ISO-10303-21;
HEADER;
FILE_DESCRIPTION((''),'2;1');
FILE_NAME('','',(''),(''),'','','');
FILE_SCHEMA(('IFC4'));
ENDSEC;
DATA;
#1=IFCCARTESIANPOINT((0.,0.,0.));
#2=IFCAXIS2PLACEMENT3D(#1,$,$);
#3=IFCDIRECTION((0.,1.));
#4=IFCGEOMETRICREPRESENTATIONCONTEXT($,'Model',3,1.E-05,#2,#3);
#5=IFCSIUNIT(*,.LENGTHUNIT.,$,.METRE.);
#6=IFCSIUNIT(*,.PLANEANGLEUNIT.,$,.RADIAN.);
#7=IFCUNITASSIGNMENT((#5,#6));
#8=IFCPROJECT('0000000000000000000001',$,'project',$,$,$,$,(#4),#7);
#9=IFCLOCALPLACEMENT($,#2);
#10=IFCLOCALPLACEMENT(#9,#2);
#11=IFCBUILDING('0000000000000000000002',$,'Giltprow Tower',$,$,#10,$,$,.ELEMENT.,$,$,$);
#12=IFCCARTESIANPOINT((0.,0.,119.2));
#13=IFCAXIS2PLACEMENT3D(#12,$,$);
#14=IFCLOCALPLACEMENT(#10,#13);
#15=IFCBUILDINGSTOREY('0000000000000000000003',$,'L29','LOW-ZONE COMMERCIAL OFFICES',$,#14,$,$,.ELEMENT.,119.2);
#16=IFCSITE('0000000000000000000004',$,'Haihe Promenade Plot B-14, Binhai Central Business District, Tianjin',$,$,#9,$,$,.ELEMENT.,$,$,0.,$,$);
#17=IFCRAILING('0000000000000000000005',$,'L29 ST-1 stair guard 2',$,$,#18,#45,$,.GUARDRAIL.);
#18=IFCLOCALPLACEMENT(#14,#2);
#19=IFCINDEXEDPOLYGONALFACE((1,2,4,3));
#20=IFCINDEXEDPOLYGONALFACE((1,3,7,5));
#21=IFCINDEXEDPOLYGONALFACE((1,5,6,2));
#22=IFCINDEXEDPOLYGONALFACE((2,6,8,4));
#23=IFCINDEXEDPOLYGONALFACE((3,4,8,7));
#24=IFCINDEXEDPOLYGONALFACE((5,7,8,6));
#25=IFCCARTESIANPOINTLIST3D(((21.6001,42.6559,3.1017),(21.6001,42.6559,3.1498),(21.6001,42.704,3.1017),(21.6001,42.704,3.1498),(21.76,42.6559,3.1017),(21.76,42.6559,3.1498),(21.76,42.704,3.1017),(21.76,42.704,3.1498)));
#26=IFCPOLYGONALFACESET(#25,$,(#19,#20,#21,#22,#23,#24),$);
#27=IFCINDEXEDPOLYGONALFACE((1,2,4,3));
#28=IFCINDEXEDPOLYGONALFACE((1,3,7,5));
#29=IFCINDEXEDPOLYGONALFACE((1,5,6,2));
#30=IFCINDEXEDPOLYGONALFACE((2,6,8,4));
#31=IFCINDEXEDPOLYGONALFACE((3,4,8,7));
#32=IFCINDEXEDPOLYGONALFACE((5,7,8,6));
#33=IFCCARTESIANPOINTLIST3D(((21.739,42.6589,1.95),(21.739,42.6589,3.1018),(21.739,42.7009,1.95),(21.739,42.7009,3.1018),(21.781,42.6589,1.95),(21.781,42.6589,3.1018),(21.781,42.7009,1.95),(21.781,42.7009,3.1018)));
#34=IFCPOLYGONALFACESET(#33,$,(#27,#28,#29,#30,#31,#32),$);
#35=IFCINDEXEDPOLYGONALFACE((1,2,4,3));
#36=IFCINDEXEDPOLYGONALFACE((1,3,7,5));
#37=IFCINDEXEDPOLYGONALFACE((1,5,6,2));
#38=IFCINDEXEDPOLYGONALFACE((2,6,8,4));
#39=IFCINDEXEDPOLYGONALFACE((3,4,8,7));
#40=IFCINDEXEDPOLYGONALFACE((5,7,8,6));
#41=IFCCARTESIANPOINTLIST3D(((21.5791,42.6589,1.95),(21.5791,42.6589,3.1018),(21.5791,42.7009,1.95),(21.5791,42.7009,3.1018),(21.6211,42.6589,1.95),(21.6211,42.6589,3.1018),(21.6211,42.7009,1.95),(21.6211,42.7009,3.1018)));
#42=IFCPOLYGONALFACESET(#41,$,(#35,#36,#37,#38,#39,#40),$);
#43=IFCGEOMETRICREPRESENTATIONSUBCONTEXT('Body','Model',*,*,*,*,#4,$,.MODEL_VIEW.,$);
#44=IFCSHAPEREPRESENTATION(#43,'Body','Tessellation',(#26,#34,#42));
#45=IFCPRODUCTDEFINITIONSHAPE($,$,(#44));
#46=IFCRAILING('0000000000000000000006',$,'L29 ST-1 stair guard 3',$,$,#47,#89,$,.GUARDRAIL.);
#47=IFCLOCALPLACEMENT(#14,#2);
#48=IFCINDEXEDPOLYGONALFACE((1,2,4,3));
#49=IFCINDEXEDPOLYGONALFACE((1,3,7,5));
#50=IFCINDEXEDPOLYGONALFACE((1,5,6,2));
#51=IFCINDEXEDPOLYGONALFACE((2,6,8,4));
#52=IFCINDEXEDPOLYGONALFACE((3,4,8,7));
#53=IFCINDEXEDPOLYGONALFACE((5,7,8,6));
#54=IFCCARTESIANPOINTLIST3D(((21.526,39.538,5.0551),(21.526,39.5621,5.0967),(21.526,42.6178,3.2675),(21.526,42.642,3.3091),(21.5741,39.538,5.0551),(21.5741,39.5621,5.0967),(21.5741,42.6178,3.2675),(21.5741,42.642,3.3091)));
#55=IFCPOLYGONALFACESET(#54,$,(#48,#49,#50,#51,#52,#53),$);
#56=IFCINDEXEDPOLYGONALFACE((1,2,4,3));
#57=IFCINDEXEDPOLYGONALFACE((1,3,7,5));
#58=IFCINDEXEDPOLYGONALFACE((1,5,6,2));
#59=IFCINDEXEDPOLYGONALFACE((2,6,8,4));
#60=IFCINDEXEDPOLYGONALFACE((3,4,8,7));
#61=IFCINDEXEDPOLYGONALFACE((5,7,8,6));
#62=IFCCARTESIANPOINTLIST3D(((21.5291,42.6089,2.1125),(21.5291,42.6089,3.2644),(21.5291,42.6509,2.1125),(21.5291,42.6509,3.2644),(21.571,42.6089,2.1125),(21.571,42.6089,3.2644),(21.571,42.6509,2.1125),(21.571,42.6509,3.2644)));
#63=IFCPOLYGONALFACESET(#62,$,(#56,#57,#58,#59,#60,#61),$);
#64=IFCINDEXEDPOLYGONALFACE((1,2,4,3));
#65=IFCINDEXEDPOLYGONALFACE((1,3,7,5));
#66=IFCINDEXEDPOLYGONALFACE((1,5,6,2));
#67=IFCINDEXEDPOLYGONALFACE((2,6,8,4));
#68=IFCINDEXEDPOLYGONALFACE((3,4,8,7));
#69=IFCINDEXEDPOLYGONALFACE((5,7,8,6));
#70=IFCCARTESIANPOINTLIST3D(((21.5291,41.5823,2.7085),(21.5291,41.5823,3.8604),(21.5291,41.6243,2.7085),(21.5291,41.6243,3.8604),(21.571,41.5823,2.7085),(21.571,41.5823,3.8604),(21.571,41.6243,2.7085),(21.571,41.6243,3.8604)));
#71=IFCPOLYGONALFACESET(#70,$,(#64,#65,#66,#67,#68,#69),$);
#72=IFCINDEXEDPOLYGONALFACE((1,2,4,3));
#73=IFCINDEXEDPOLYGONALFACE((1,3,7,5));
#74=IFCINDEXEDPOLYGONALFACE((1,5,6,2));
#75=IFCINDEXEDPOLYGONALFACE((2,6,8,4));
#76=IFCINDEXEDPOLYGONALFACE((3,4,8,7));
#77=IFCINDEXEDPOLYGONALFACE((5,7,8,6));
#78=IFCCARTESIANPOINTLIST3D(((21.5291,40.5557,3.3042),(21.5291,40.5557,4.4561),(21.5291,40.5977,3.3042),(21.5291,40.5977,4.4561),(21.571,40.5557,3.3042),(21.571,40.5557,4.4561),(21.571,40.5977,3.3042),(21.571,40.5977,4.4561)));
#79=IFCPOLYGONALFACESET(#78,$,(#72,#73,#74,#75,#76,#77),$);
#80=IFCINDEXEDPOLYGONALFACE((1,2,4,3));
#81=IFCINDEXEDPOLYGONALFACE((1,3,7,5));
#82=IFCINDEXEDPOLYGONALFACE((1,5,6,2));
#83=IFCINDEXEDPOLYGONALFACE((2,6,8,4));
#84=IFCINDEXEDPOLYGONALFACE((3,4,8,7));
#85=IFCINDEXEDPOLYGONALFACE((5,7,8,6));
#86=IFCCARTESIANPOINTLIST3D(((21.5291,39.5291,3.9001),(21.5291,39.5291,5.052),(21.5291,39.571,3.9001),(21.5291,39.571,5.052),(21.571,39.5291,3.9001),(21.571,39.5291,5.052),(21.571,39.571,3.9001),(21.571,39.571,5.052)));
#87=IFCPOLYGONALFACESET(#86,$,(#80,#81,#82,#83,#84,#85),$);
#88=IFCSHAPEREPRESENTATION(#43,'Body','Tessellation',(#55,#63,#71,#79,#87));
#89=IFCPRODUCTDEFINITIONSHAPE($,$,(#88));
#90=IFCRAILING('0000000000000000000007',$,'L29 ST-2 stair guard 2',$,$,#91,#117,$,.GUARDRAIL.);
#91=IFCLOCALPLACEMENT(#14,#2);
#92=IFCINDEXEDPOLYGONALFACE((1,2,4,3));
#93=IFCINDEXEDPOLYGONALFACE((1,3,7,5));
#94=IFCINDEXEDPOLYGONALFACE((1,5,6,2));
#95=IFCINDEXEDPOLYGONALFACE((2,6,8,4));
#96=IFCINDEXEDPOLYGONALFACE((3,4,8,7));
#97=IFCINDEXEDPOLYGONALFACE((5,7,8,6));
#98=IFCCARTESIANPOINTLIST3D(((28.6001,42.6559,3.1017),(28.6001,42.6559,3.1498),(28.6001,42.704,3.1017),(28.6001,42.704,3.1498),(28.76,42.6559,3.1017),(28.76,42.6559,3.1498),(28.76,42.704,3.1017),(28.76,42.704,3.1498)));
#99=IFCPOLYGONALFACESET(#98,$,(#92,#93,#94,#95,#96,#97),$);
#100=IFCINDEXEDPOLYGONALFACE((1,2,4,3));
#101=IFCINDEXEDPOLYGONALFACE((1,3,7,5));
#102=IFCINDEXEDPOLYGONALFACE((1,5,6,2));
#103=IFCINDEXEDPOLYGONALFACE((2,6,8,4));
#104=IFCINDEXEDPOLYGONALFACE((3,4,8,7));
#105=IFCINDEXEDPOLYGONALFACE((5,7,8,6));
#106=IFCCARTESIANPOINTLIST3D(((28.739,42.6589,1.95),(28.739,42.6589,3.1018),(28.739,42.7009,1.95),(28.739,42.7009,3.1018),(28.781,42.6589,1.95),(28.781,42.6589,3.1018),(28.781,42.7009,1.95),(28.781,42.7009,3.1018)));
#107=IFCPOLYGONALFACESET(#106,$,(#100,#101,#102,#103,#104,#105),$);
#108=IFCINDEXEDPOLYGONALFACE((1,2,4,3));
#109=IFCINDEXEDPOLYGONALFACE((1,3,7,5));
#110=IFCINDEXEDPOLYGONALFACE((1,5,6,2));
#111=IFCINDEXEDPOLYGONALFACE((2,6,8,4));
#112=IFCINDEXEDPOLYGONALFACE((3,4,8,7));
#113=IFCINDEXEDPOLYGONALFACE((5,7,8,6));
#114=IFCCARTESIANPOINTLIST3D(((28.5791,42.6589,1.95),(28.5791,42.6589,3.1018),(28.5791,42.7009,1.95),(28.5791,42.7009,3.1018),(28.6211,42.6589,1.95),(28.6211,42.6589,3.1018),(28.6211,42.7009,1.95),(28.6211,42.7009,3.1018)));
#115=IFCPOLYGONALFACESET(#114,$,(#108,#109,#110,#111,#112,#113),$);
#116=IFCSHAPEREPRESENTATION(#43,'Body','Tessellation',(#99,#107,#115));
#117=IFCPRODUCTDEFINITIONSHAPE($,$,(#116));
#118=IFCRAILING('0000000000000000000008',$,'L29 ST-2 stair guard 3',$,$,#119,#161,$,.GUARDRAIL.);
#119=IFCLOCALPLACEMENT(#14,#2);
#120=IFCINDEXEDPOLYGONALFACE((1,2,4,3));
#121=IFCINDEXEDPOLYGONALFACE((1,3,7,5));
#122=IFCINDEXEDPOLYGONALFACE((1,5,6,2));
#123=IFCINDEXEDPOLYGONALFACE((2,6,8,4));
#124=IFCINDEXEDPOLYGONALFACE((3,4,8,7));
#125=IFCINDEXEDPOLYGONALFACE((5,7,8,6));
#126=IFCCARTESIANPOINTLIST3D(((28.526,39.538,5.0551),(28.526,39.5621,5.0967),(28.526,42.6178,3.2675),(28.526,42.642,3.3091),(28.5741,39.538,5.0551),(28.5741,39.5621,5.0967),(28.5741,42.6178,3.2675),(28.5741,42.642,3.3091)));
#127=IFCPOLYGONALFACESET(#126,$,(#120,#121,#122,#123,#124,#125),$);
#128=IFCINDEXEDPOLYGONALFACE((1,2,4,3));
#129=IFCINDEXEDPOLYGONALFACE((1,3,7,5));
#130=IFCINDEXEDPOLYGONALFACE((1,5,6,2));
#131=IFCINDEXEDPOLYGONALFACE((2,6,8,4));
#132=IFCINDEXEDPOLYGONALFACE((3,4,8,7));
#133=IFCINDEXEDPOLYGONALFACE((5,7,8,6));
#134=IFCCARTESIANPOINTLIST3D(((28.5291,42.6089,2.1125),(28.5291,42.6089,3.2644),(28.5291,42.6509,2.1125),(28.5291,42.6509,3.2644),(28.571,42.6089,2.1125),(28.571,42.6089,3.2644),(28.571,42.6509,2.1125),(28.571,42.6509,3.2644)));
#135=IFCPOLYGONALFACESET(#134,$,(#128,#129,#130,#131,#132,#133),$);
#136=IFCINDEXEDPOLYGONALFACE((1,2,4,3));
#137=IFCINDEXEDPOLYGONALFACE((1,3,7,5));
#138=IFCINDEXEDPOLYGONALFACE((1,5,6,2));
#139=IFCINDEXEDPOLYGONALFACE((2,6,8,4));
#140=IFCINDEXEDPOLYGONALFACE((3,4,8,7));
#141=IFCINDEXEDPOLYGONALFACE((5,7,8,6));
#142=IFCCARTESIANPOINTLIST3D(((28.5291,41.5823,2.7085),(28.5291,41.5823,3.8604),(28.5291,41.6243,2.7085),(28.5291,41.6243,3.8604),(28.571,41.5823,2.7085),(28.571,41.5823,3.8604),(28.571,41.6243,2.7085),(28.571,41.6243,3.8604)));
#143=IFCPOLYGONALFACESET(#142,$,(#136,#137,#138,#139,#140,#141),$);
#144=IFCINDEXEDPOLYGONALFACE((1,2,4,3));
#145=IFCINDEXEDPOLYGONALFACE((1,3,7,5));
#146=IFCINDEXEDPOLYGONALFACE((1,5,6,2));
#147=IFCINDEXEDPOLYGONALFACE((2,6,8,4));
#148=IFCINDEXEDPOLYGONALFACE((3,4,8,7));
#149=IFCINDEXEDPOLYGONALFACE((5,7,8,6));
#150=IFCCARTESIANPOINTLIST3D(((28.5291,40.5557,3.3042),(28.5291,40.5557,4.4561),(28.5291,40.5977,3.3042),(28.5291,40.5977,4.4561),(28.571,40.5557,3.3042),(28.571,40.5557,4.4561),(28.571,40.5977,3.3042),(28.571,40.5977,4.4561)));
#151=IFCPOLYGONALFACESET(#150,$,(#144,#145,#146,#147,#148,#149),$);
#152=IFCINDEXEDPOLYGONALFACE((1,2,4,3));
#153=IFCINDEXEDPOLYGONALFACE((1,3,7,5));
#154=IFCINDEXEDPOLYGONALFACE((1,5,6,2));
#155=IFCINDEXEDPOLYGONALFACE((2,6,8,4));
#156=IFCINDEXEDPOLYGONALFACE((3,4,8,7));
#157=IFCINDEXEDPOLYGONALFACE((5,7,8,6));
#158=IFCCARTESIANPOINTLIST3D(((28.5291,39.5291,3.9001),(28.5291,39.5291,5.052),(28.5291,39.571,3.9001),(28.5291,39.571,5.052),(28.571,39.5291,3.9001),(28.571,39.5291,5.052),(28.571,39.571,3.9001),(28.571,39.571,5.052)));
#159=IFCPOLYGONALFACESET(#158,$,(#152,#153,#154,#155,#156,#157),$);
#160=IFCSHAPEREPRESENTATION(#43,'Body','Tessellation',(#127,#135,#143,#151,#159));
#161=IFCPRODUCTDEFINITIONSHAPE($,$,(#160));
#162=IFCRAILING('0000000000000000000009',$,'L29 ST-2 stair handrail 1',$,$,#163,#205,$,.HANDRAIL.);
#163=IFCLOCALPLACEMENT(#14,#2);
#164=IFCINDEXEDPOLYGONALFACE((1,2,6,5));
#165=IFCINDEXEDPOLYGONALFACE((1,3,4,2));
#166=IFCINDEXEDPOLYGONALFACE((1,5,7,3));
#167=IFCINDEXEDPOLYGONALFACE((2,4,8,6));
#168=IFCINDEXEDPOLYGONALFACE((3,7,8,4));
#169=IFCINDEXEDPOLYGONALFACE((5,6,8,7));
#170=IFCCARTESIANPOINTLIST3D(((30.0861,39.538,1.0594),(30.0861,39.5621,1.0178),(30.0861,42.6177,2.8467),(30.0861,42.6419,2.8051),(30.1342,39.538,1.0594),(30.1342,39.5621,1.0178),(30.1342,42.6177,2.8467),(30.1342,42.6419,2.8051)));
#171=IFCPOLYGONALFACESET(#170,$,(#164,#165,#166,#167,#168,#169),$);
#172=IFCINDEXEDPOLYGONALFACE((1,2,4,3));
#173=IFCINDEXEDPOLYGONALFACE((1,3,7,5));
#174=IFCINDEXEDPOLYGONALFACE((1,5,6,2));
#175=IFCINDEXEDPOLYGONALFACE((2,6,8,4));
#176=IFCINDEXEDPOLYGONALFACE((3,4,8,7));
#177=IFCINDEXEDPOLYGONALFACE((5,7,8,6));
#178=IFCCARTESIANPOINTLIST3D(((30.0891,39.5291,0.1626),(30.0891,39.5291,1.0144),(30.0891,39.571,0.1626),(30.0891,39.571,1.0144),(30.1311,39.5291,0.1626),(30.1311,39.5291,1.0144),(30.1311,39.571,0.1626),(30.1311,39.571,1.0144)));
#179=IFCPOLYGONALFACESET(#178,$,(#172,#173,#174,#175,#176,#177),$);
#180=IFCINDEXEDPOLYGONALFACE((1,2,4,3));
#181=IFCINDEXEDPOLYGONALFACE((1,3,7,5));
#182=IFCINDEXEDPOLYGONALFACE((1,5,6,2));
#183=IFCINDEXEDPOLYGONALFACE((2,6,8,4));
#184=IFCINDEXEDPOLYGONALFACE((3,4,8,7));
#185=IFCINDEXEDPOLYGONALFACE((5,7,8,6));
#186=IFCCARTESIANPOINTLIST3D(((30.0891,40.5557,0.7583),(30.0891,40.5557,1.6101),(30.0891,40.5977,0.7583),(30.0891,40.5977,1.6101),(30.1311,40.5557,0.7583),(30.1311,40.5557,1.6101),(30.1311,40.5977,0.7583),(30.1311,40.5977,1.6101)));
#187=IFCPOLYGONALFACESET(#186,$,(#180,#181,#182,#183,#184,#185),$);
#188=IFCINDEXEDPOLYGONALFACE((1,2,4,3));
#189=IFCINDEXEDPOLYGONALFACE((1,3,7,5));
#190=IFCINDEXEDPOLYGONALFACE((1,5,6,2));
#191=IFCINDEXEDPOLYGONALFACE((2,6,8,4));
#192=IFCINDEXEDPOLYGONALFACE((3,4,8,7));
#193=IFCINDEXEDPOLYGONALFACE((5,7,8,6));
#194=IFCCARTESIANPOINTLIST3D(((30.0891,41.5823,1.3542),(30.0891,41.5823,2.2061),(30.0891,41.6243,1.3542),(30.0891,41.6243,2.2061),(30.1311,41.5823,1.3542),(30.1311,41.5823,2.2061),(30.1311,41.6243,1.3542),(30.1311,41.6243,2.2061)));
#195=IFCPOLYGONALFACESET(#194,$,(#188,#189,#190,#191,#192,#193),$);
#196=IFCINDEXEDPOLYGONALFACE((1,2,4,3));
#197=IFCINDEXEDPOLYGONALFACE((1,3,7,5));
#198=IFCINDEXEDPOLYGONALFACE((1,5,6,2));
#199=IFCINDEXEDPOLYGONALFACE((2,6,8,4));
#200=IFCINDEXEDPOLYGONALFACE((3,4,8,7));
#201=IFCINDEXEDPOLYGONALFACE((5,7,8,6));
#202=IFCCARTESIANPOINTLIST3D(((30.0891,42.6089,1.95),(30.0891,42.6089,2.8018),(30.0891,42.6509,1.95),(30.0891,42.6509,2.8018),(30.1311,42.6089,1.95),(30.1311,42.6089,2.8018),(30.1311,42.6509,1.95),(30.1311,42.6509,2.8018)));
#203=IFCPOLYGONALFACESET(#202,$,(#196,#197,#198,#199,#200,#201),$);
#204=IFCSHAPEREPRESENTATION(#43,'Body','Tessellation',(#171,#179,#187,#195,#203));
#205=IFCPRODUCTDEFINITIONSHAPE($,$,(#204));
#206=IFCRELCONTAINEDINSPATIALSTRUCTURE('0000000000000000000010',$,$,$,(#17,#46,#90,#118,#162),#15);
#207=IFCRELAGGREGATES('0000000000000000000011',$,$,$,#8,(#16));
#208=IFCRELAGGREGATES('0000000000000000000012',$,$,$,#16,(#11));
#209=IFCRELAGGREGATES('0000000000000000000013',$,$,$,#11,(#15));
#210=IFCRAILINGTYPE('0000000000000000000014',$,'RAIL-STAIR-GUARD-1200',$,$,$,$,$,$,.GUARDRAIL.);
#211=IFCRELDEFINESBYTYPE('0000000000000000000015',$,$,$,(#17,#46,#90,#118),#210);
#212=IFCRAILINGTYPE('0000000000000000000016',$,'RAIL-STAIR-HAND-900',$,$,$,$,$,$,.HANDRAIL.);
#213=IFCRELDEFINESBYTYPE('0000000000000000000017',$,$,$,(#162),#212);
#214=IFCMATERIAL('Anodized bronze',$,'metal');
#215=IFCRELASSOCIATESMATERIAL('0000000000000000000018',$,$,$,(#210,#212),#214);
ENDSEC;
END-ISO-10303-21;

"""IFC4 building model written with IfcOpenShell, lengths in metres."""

from ifc_helpers import new_model, si_unit, direction, frame, origin, origin_2d, place, context, subcontext, project, spatial, rectangle, extrude, material, type_object, element, save


model = new_model("IFC4")

# Units and contexts
model_context = context("Model", 3, precision=1e-05, world=origin(), true_north=direction((0.0, 1.0)))
body_context = subcontext(model_context, "Body", "Model", "MODEL_VIEW")
ifc_project = project(units=[si_unit("LENGTHUNIT", "METRE"), si_unit("PLANEANGLEUNIT", "RADIAN")], contexts=[model_context])

# Site, building, storey
site_placement = place(None, origin())
site = spatial("IfcSite", under=ifc_project, at=site_placement, Name="Haihe Promenade Plot B-14, Binhai Central Business District, Tianjin", CompositionType="ELEMENT", RefElevation=0.0)
building_placement = place(site_placement, origin())
building = spatial("IfcBuilding", under=site, at=building_placement, Name="Giltprow Tower", CompositionType="ELEMENT")
storey_placement = place(building_placement, frame((0.0, 0.0, 119.2)))
storey = spatial("IfcBuildingStorey", under=building, at=storey_placement, Name="L29", Description="LOW-ZONE COMMERCIAL OFFICES", CompositionType="ELEMENT", Elevation=119.2)

# Railings
ifc_material_1 = material(Name="Anodized bronze", Category="metal")
railing_type_1 = type_object("IfcRailingType", Name="RAIL-STAIR-GUARD-1200", PredefinedType="GUARDRAIL", material=ifc_material_1)
railing_1_placement = place(storey_placement, frame((21.76, 42.6799, 1.95)))
element("IfcRailing", 1, at=railing_1_placement, inside=storey, type_object=railing_type_1, Name="L29 ST-1 stair guard 2", PredefinedType="GUARDRAIL", context=body_context, shape_type="SweptSolid", body=[
    extrude(rectangle(XDim=0.0481, YDim=0.0481, at=origin_2d()), frame((0.0, 0.0, 1.1758), z_axis=(-1.0, 0.0, 0.0), x_axis=(0.0, -1.0, 0.0)), (0.0, 0.0, 1.0), 0.1599),
    extrude(rectangle(XDim=0.042, YDim=0.042, at=origin_2d()), origin(), (0.0, 0.0, 1.0), 1.1519),
    extrude(rectangle(XDim=0.042, YDim=0.042, at=origin_2d()), frame((-0.1599, 0.0, 0.0)), (0.0, 0.0, 1.0), 1.1519),
])
railing_2_placement = place(storey_placement, frame((21.55, 42.6299, 2.1125)))
element("IfcRailing", 2, at=railing_2_placement, inside=storey, type_object=railing_type_1, Name="L29 ST-1 stair guard 3", PredefinedType="GUARDRAIL", context=body_context, shape_type="SweptSolid", body=[
    extrude(rectangle(XDim=0.0481, YDim=0.0481, at=origin_2d()), frame((0.0, 0.0, 1.1758), z_axis=(0.0, -0.864873, 0.50199), x_axis=(1.0, 0.0, 0.0)), (0.0, 0.0, 1.0), 3.561),
    extrude(rectangle(XDim=0.042, YDim=0.042, at=origin_2d()), origin(), (0.0, 0.0, 1.0), 1.1519),
    extrude(rectangle(XDim=0.042, YDim=0.042, at=origin_2d()), frame((0.0, -1.0266, 0.5959)), (0.0, 0.0, 1.0), 1.1519),
    extrude(rectangle(XDim=0.042, YDim=0.042, at=origin_2d()), frame((0.0, -2.0532, 1.1917)), (0.0, 0.0, 1.0), 1.1519),
    extrude(rectangle(XDim=0.042, YDim=0.042, at=origin_2d()), frame((0.0, -3.0798, 1.7876)), (0.0, 0.0, 1.0), 1.1519),
])
railing_3_placement = place(storey_placement, frame((28.76, 42.6799, 1.95)))
element("IfcRailing", 3, at=railing_3_placement, inside=storey, type_object=railing_type_1, Name="L29 ST-2 stair guard 2", PredefinedType="GUARDRAIL", context=body_context, shape_type="SweptSolid", body=[
    extrude(rectangle(XDim=0.0481, YDim=0.0481, at=origin_2d()), frame((0.0, 0.0, 1.1758), z_axis=(-1.0, 0.0, 0.0), x_axis=(0.0, -1.0, 0.0)), (0.0, 0.0, 1.0), 0.1599),
    extrude(rectangle(XDim=0.042, YDim=0.042, at=origin_2d()), origin(), (0.0, 0.0, 1.0), 1.1519),
    extrude(rectangle(XDim=0.042, YDim=0.042, at=origin_2d()), frame((-0.1599, 0.0, 0.0)), (0.0, 0.0, 1.0), 1.1519),
])
railing_4_placement = place(storey_placement, frame((28.55, 42.6299, 2.1125)))
element("IfcRailing", 4, at=railing_4_placement, inside=storey, type_object=railing_type_1, Name="L29 ST-2 stair guard 3", PredefinedType="GUARDRAIL", context=body_context, shape_type="SweptSolid", body=[
    extrude(rectangle(XDim=0.0481, YDim=0.0481, at=origin_2d()), frame((0.0, 0.0, 1.1758), z_axis=(0.0, -0.864873, 0.50199), x_axis=(1.0, 0.0, 0.0)), (0.0, 0.0, 1.0), 3.561),
    extrude(rectangle(XDim=0.042, YDim=0.042, at=origin_2d()), origin(), (0.0, 0.0, 1.0), 1.1519),
    extrude(rectangle(XDim=0.042, YDim=0.042, at=origin_2d()), frame((0.0, -1.0266, 0.5959)), (0.0, 0.0, 1.0), 1.1519),
    extrude(rectangle(XDim=0.042, YDim=0.042, at=origin_2d()), frame((0.0, -2.0532, 1.1917)), (0.0, 0.0, 1.0), 1.1519),
    extrude(rectangle(XDim=0.042, YDim=0.042, at=origin_2d()), frame((0.0, -3.0798, 1.7876)), (0.0, 0.0, 1.0), 1.1519),
])
railing_type_2 = type_object("IfcRailingType", Name="RAIL-STAIR-HAND-900", PredefinedType="HANDRAIL", material=ifc_material_1)
railing_5_placement = place(storey_placement, frame((30.1101, 39.55, 0.1626)))
element("IfcRailing", 5, at=railing_5_placement, inside=storey, type_object=railing_type_2, Name="L29 ST-2 stair handrail 1", PredefinedType="HANDRAIL", context=body_context, shape_type="SweptSolid", body=[
    extrude(rectangle(XDim=0.0481, YDim=0.0481, at=origin_2d()), frame((0.0, 0.0, 0.876), z_axis=(0.0, 0.864903, 0.501939), x_axis=(-1.0, 0.0, 0.0)), (0.0, 0.0, 1.0), 3.5608),
    extrude(rectangle(XDim=0.042, YDim=0.042, at=origin_2d()), origin(), (0.0, 0.0, 1.0), 0.8518),
    extrude(rectangle(XDim=0.042, YDim=0.042, at=origin_2d()), frame((0.0, 1.0266, 0.5957)), (0.0, 0.0, 1.0), 0.8518),
    extrude(rectangle(XDim=0.042, YDim=0.042, at=origin_2d()), frame((0.0, 2.0532, 1.1917)), (0.0, 0.0, 1.0), 0.8518),
    extrude(rectangle(XDim=0.042, YDim=0.042, at=origin_2d()), frame((0.0, 3.0798, 1.7874)), (0.0, 0.0, 1.0), 0.8518),
])

save(model, "model.ifc")
